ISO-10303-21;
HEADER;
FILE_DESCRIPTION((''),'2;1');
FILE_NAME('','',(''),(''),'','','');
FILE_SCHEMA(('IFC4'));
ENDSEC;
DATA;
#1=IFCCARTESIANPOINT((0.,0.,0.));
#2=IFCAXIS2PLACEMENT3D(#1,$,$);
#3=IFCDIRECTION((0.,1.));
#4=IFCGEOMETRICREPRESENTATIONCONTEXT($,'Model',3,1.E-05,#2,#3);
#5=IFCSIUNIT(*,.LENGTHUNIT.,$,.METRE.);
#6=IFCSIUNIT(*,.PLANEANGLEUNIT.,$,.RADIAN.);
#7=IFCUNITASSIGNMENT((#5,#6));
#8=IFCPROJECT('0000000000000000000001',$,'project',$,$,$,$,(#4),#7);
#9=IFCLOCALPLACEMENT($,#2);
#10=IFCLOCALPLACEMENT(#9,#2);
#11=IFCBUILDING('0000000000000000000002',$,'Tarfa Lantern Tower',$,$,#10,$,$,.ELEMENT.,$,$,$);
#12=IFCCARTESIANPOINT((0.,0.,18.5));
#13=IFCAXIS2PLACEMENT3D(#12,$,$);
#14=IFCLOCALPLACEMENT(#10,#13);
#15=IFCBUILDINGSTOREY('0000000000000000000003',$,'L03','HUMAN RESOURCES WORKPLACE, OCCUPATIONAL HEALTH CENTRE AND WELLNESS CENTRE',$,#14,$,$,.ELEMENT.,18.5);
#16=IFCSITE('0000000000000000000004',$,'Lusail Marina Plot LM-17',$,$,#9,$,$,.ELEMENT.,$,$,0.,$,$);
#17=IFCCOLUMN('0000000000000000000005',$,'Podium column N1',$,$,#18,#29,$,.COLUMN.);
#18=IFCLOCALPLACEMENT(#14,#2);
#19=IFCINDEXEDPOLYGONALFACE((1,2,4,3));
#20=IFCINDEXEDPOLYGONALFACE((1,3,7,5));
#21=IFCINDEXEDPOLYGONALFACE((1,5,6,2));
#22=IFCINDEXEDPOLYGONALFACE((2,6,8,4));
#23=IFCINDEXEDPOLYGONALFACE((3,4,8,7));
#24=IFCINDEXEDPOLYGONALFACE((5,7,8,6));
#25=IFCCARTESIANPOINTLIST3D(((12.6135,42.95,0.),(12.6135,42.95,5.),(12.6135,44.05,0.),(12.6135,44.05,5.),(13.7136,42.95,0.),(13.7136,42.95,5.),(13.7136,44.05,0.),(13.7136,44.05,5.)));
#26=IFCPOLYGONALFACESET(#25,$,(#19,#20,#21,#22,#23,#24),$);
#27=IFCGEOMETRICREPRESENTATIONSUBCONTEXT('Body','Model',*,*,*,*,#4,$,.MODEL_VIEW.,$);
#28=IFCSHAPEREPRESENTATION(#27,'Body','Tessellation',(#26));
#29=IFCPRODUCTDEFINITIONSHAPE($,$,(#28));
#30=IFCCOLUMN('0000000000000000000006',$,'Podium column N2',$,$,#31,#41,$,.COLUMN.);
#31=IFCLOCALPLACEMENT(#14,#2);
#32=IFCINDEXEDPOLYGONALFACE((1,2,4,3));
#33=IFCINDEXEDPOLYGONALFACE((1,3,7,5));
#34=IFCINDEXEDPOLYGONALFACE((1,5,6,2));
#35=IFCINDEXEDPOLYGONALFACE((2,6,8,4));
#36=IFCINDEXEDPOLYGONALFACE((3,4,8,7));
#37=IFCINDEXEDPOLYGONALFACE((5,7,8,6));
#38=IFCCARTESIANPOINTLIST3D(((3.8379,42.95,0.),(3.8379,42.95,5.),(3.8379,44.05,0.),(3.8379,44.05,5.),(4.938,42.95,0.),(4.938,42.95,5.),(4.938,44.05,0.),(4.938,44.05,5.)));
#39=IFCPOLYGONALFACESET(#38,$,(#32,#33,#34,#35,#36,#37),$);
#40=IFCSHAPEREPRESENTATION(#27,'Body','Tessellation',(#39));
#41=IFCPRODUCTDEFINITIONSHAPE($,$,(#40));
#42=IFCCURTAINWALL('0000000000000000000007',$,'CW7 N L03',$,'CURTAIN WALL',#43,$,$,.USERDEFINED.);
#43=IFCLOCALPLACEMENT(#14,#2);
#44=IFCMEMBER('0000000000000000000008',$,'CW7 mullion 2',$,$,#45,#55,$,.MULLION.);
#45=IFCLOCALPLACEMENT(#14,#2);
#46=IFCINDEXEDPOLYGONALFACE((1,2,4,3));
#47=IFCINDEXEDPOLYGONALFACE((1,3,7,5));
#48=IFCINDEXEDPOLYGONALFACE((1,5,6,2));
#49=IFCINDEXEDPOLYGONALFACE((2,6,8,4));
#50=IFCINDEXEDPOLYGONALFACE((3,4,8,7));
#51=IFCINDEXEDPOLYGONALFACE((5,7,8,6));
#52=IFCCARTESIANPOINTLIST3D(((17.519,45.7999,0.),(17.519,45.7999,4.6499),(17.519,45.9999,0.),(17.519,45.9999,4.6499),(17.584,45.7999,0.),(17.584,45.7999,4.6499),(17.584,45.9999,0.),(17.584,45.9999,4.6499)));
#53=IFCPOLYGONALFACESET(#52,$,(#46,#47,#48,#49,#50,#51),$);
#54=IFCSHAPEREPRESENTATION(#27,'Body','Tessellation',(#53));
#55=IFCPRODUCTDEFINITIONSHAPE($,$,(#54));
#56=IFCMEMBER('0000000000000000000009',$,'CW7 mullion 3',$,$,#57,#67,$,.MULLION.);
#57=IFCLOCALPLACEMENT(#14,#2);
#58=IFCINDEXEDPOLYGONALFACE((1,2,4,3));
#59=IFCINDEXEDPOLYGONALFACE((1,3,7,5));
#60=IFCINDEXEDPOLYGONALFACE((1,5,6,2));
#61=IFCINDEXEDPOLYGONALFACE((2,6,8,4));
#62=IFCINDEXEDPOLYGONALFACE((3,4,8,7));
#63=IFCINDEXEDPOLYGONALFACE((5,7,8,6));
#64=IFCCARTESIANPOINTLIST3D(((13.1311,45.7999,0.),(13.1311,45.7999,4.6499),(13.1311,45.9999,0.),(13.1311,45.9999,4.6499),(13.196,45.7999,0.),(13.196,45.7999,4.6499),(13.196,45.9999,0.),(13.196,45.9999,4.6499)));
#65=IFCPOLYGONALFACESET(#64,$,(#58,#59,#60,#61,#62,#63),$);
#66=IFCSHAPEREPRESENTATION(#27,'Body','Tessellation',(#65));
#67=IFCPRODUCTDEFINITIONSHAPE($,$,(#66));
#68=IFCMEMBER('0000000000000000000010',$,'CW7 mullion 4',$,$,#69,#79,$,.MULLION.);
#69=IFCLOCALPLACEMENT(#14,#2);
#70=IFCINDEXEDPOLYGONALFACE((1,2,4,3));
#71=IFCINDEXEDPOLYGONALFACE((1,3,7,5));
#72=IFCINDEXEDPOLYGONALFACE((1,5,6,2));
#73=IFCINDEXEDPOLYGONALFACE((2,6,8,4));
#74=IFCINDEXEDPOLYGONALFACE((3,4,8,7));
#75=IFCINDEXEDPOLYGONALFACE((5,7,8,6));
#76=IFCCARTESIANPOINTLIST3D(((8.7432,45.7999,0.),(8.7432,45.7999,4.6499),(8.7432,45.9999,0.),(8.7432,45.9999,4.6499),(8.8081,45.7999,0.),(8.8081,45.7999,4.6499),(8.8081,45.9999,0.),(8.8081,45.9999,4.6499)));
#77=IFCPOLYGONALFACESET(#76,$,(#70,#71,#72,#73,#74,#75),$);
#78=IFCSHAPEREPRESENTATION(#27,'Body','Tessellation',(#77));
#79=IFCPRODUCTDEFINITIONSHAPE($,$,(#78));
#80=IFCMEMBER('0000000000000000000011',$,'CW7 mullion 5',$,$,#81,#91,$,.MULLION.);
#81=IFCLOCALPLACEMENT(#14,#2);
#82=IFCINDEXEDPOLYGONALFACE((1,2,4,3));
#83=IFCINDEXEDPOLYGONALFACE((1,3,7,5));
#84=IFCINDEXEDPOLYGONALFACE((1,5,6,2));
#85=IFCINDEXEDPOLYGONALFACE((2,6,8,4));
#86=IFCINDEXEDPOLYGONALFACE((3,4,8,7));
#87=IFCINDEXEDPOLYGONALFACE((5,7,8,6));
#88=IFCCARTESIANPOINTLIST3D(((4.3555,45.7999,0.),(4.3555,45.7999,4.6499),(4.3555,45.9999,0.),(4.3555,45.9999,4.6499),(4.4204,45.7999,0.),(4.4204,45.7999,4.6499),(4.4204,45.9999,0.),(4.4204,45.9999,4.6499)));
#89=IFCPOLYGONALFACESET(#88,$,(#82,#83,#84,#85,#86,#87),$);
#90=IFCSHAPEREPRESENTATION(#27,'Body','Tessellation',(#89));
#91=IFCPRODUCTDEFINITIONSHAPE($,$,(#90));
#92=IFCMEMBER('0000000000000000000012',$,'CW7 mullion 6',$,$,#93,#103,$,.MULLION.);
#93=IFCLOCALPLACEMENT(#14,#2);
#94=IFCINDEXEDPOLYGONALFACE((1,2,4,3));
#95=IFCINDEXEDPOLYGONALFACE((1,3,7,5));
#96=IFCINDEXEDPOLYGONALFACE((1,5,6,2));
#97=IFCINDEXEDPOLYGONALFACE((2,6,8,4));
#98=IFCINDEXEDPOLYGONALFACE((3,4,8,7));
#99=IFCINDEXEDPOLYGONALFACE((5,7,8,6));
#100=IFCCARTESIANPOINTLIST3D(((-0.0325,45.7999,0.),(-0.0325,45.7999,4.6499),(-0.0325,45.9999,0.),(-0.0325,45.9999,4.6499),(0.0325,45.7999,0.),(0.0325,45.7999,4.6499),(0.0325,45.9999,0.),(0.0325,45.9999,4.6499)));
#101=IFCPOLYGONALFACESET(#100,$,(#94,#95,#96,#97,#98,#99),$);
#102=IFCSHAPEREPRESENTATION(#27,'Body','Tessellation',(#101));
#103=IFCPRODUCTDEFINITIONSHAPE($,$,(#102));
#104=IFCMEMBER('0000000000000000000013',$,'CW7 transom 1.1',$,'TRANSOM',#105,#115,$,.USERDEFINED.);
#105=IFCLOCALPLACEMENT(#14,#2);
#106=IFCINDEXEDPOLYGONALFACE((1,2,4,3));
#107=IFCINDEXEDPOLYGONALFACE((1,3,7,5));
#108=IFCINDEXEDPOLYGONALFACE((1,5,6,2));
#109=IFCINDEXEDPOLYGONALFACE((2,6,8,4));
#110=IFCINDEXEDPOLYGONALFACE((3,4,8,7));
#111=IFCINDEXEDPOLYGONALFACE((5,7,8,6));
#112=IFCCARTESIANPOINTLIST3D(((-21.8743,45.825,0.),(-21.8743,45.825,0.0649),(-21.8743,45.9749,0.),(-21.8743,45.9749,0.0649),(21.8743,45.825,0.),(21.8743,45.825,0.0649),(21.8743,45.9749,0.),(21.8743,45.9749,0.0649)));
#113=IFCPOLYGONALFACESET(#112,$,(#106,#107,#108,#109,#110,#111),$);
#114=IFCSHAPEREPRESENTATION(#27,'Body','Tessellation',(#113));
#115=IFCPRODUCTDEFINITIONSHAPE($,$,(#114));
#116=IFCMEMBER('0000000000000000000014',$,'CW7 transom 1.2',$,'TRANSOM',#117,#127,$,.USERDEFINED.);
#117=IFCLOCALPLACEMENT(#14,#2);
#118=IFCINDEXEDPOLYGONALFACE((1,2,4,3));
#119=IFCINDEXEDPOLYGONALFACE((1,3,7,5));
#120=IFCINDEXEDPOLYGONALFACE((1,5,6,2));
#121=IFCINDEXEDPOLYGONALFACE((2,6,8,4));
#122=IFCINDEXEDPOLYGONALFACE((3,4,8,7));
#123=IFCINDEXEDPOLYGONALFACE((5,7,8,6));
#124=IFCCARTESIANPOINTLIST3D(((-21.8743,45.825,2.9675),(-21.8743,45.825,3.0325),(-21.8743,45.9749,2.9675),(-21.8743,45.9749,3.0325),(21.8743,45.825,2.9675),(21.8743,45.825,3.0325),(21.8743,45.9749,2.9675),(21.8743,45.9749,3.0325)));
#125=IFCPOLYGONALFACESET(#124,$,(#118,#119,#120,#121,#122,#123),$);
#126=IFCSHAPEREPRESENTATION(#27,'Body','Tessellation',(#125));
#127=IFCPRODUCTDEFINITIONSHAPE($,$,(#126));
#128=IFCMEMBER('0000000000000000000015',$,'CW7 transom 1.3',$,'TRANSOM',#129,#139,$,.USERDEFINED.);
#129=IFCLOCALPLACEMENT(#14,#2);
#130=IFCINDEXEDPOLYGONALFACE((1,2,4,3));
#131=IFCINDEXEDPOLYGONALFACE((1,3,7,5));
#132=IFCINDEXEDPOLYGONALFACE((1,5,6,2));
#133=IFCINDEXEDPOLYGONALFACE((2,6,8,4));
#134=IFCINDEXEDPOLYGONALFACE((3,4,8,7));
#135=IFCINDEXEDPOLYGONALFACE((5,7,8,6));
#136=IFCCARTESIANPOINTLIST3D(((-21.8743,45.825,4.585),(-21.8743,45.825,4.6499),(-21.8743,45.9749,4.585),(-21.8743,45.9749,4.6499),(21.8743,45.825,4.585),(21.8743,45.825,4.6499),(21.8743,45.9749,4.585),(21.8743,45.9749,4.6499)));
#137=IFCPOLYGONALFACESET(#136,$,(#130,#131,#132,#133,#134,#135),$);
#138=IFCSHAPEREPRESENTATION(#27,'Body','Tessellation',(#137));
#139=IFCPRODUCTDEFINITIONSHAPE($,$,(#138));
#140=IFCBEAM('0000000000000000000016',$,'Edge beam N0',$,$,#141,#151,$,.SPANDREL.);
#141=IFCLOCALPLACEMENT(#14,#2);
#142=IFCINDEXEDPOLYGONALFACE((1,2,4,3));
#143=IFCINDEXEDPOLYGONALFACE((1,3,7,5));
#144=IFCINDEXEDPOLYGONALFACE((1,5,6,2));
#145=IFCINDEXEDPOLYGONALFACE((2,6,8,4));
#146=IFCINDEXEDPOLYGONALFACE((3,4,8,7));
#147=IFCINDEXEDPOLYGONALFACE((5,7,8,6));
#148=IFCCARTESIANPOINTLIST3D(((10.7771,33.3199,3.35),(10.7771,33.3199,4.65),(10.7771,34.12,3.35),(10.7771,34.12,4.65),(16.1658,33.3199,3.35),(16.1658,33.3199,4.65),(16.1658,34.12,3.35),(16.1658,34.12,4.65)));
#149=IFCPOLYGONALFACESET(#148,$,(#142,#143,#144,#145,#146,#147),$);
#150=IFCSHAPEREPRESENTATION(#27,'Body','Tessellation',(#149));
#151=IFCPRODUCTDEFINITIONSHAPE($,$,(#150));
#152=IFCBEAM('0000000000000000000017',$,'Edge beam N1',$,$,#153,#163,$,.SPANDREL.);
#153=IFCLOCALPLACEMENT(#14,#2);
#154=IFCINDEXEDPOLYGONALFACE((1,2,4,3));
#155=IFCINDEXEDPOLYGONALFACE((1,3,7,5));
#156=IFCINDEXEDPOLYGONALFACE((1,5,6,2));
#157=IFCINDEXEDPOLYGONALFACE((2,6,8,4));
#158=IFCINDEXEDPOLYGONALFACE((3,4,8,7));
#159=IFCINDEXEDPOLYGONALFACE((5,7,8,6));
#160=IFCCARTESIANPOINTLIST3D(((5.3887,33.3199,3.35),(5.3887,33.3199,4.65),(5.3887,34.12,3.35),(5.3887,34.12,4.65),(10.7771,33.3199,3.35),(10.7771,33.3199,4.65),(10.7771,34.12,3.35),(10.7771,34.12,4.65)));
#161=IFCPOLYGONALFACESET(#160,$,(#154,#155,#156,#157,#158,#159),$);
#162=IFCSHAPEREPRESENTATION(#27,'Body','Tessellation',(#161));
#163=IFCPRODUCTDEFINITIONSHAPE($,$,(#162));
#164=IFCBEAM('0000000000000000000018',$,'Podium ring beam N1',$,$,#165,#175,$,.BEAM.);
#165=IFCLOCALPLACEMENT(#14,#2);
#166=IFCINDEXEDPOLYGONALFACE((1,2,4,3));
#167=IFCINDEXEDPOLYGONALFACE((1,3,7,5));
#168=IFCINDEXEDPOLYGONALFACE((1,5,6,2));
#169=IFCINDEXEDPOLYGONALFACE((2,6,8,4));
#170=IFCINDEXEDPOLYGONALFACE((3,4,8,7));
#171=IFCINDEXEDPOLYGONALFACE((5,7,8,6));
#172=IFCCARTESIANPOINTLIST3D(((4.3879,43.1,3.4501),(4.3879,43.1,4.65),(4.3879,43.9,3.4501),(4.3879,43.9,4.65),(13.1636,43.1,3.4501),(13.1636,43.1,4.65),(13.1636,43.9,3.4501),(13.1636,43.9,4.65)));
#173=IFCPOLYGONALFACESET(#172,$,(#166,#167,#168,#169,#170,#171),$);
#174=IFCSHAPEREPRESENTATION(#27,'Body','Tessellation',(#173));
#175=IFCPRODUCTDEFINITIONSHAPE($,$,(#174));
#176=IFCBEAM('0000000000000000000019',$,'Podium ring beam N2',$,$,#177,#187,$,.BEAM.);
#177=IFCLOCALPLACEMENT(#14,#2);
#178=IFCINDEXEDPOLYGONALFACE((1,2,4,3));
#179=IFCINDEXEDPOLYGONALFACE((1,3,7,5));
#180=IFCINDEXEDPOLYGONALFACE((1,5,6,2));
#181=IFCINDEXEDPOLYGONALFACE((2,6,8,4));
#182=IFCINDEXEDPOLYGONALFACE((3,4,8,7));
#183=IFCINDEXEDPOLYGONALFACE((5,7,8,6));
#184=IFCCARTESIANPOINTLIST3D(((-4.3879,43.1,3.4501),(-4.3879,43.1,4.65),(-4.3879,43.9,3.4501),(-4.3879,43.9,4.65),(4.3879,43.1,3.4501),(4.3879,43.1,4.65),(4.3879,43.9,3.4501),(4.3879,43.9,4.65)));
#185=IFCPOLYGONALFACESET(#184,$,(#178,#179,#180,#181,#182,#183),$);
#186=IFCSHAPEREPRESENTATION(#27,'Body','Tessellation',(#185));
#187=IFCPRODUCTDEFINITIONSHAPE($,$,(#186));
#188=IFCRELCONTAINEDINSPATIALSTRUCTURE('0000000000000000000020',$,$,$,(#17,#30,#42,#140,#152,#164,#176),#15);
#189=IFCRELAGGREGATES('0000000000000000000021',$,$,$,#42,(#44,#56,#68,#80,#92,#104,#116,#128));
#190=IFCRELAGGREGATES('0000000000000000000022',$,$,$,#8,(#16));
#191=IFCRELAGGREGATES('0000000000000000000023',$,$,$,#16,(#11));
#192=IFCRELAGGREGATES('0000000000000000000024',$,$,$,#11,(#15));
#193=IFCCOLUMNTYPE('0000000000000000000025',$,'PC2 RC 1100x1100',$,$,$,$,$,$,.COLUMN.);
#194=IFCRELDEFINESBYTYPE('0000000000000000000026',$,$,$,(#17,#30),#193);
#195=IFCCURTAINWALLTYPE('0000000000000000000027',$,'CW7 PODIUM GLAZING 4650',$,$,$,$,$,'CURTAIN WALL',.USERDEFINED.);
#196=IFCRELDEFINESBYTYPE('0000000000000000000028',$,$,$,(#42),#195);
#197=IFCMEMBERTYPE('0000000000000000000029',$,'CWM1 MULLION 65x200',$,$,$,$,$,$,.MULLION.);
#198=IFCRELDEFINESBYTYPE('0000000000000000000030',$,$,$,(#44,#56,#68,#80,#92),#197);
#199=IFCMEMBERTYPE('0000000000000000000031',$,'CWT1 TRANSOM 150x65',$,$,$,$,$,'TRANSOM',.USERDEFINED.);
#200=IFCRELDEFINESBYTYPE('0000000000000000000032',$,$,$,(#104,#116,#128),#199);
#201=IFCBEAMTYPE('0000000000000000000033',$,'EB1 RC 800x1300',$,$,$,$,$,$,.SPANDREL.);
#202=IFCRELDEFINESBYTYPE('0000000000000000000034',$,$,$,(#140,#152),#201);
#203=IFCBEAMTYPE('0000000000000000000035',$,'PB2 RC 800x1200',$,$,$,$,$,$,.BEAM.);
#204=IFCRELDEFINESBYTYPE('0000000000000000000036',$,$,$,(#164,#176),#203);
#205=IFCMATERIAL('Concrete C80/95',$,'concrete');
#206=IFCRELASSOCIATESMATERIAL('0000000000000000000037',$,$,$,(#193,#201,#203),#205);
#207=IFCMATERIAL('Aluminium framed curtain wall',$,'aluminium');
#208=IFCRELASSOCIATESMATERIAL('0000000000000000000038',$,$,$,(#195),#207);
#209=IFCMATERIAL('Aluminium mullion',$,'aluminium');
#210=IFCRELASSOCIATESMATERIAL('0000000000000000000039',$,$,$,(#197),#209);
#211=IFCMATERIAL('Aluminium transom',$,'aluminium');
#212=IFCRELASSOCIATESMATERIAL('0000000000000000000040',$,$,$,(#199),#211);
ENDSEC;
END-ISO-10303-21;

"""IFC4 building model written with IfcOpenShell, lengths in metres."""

from ifc_helpers import new_model, si_unit, direction, frame, origin, origin_2d, place, context, subcontext, project, spatial, rectangle, extrude, material, material_profile, profile_set, type_object, element, aggregate, save


model = new_model("IFC4")

# Units and contexts
model_context = context("Model", 3, precision=1e-05, world=origin(), true_north=direction((0.0, 1.0)))
body_context = subcontext(model_context, "Body", "Model", "MODEL_VIEW")
ifc_project = project(units=[si_unit("LENGTHUNIT", "METRE"), si_unit("PLANEANGLEUNIT", "RADIAN")], contexts=[model_context])

# Site, building, storey
site_placement = place(None, origin())
site = spatial("IfcSite", under=ifc_project, at=site_placement, Name="Lusail Marina Plot LM-17", CompositionType="ELEMENT", RefElevation=0.0)
building_placement = place(site_placement, origin())
building = spatial("IfcBuilding", under=site, at=building_placement, Name="Tarfa Lantern Tower", CompositionType="ELEMENT")
storey_placement = place(building_placement, frame((0.0, 0.0, 18.5)))
storey = spatial("IfcBuildingStorey", under=building, at=storey_placement, Name="L03", Description="HUMAN RESOURCES WORKPLACE, OCCUPATIONAL HEALTH CENTRE AND WELLNESS CENTRE", CompositionType="ELEMENT", Elevation=18.5)

# Columns
ifc_material_1 = material(Name="Concrete C80/95", Category="concrete")
ifc_material_profile_1 = material_profile(ifc_material_1, rectangle(XDim=1.1001, YDim=1.1001, at=origin_2d()), Name="RC 1100x1100")
ifc_profile_set_1 = profile_set([ifc_material_profile_1], Name="Concrete C80/95")
column_type = type_object("IfcColumnType", Name="PC2 RC 1100x1100", PredefinedType="COLUMN", material=ifc_profile_set_1)
for number, where, z_axis, x_axis, name in (
    (1, (13.1636, 43.5, 0.0), (0.0, 0.0, 1.0), (-1.0, 0.0, 0.0), "Podium column N1"),
    (2, (4.3879, 43.5, 0.0), (0.0, 0.0, 1.0), (-1.0, 0.0, 0.0), "Podium column N2"),
):
    element("IfcColumn", number, at=place(storey_placement, frame(where, z_axis=z_axis, x_axis=x_axis)), inside=storey, type_object=column_type, Name=name, PredefinedType="COLUMN", context=body_context, shape_type="SweptSolid", body=[
        extrude(rectangle(XDim=1.1001, YDim=1.1001, at=origin_2d()), origin(), (0.0, 0.0, 1.0), 5.0),
    ])

# Curtain wall, members
ifc_material_2 = material(Name="Aluminium framed curtain wall", Category="aluminium")
curtain_wall_type = type_object("IfcCurtainWallType", Name="CW7 PODIUM GLAZING 4650", ElementType="CURTAIN WALL", PredefinedType="USERDEFINED", material=ifc_material_2)
curtain_wall_placement = place(storey_placement, origin())
curtain_wall = element("IfcCurtainWall", 3, at=curtain_wall_placement, inside=storey, type_object=curtain_wall_type, Name="CW7 N L03", ObjectType="CURTAIN WALL", PredefinedType="USERDEFINED")
ifc_material_3 = material(Name="Aluminium mullion", Category="aluminium")
ifc_material_profile_2 = material_profile(ifc_material_3, rectangle(XDim=0.0649, YDim=0.2, at=origin_2d()), Name="AL MULLION 65x200")
ifc_profile_set_2 = profile_set([ifc_material_profile_2], Name="Aluminium mullion")
member_type_1 = type_object("IfcMemberType", Name="CWM1 MULLION 65x200", PredefinedType="MULLION", material=ifc_profile_set_2)
member_1_placement = place(storey_placement, frame((17.5515, 45.8999, 0.0), z_axis=(0.0, 0.0, 1.0), x_axis=(1.0, 0.0, 0.0)))
member_1 = element("IfcMember", 4, at=member_1_placement, type_object=member_type_1, Name="CW7 mullion 2", PredefinedType="MULLION", context=body_context, shape_type="SweptSolid", body=[
    extrude(rectangle(XDim=0.0649, YDim=0.2, at=origin_2d()), origin(), (0.0, 0.0, 1.0), 4.6499),
])
member_2_placement = place(storey_placement, frame((13.1636, 45.8999, 0.0), z_axis=(0.0, 0.0, 1.0), x_axis=(1.0, 0.0, 0.0)))
member_2 = element("IfcMember", 5, at=member_2_placement, type_object=member_type_1, Name="CW7 mullion 3", PredefinedType="MULLION", context=body_context, shape_type="SweptSolid", body=[
    extrude(rectangle(XDim=0.0649, YDim=0.2, at=origin_2d()), origin(), (0.0, 0.0, 1.0), 4.6499),
])
member_3_placement = place(storey_placement, frame((8.7756, 45.8999, 0.0), z_axis=(0.0, 0.0, 1.0), x_axis=(1.0, 0.0, 0.0)))
member_3 = element("IfcMember", 6, at=member_3_placement, type_object=member_type_1, Name="CW7 mullion 4", PredefinedType="MULLION", context=body_context, shape_type="SweptSolid", body=[
    extrude(rectangle(XDim=0.0649, YDim=0.2, at=origin_2d()), origin(), (0.0, 0.0, 1.0), 4.6499),
])
member_4_placement = place(storey_placement, frame((4.3879, 45.8999, 0.0), z_axis=(0.0, 0.0, 1.0), x_axis=(1.0, 0.0, 0.0)))
member_4 = element("IfcMember", 7, at=member_4_placement, type_object=member_type_1, Name="CW7 mullion 5", PredefinedType="MULLION", context=body_context, shape_type="SweptSolid", body=[
    extrude(rectangle(XDim=0.0649, YDim=0.2, at=origin_2d()), origin(), (0.0, 0.0, 1.0), 4.6499),
])
member_5_placement = place(storey_placement, frame((0.0, 45.8999, 0.0), z_axis=(0.0, 0.0, 1.0), x_axis=(1.0, 0.0, 0.0)))
member_5 = element("IfcMember", 8, at=member_5_placement, type_object=member_type_1, Name="CW7 mullion 6", PredefinedType="MULLION", context=body_context, shape_type="SweptSolid", body=[
    extrude(rectangle(XDim=0.0649, YDim=0.2, at=origin_2d()), origin(), (0.0, 0.0, 1.0), 4.6499),
])
ifc_material_4 = material(Name="Aluminium transom", Category="aluminium")
ifc_material_profile_3 = material_profile(ifc_material_4, rectangle(XDim=0.1499, YDim=0.0649, at=origin_2d()), Name="AL TRANSOM 150x65")
ifc_profile_set_3 = profile_set([ifc_material_profile_3], Name="Aluminium transom")
member_type_2 = type_object("IfcMemberType", Name="CWT1 TRANSOM 150x65", ElementType="TRANSOM", PredefinedType="USERDEFINED", material=ifc_profile_set_3)
member_6_placement = place(storey_placement, frame((21.8743, 45.8999, 0.0325), z_axis=(-1.0, 0.0, 0.0), x_axis=(0.0, -1.0, 0.0)))
member_6 = element("IfcMember", 9, at=member_6_placement, type_object=member_type_2, Name="CW7 transom 1.1", ObjectType="TRANSOM", PredefinedType="USERDEFINED", context=body_context, shape_type="SweptSolid", body=[
    extrude(rectangle(XDim=0.1499, YDim=0.0649, at=origin_2d()), origin(), (0.0, 0.0, 1.0), 43.7485),
])
member_7_placement = place(storey_placement, frame((21.8743, 45.8999, 3.0), z_axis=(-1.0, 0.0, 0.0), x_axis=(0.0, -1.0, 0.0)))
member_7 = element("IfcMember", 10, at=member_7_placement, type_object=member_type_2, Name="CW7 transom 1.2", ObjectType="TRANSOM", PredefinedType="USERDEFINED", context=body_context, shape_type="SweptSolid", body=[
    extrude(rectangle(XDim=0.1499, YDim=0.0649, at=origin_2d()), origin(), (0.0, 0.0, 1.0), 43.7485),
])
member_8_placement = place(storey_placement, frame((21.8743, 45.8999, 4.6174), z_axis=(-1.0, 0.0, 0.0), x_axis=(0.0, -1.0, 0.0)))
member_8 = element("IfcMember", 11, at=member_8_placement, type_object=member_type_2, Name="CW7 transom 1.3", ObjectType="TRANSOM", PredefinedType="USERDEFINED", context=body_context, shape_type="SweptSolid", body=[
    extrude(rectangle(XDim=0.1499, YDim=0.0649, at=origin_2d()), origin(), (0.0, 0.0, 1.0), 43.7485),
])

# Beams
ifc_material_profile_4 = material_profile(ifc_material_1, rectangle(XDim=0.8, YDim=1.3, at=origin_2d()), Name="RC 800x1300")
ifc_profile_set_4 = profile_set([ifc_material_profile_4], Name="Concrete C80/95")
beam_type_1 = type_object("IfcBeamType", Name="EB1 RC 800x1300", PredefinedType="SPANDREL", material=ifc_profile_set_4)
beam_1_placement = place(storey_placement, frame((16.1658, 33.72, 4.0), z_axis=(-1.0, 0.0, 0.0), x_axis=(0.0, -1.0, 0.0)))
element("IfcBeam", 12, at=beam_1_placement, inside=storey, type_object=beam_type_1, Name="Edge beam N0", PredefinedType="SPANDREL", context=body_context, shape_type="SweptSolid", body=[
    extrude(rectangle(XDim=0.8, YDim=1.3, at=origin_2d()), origin(), (0.0, 0.0, 1.0), 5.3887),
])
beam_2_placement = place(storey_placement, frame((10.7771, 33.72, 4.0), z_axis=(-1.0, 0.0, 0.0), x_axis=(0.0, -1.0, 0.0)))
element("IfcBeam", 13, at=beam_2_placement, inside=storey, type_object=beam_type_1, Name="Edge beam N1", PredefinedType="SPANDREL", context=body_context, shape_type="SweptSolid", body=[
    extrude(rectangle(XDim=0.8, YDim=1.3, at=origin_2d()), origin(), (0.0, 0.0, 1.0), 5.3884),
])
ifc_material_profile_5 = material_profile(ifc_material_1, rectangle(XDim=0.8, YDim=1.2, at=origin_2d()), Name="RC 800x1200")
ifc_profile_set_5 = profile_set([ifc_material_profile_5], Name="Concrete C80/95")
beam_type_2 = type_object("IfcBeamType", Name="PB2 RC 800x1200", PredefinedType="BEAM", material=ifc_profile_set_5)
beam_3_placement = place(storey_placement, frame((13.1636, 43.5, 4.05), z_axis=(-1.0, 0.0, 0.0), x_axis=(0.0, -1.0, 0.0)))
element("IfcBeam", 14, at=beam_3_placement, inside=storey, type_object=beam_type_2, Name="Podium ring beam N1", PredefinedType="BEAM", context=body_context, shape_type="SweptSolid", body=[
    extrude(rectangle(XDim=0.8, YDim=1.2, at=origin_2d()), origin(), (0.0, 0.0, 1.0), 8.7756),
])
beam_4_placement = place(storey_placement, frame((4.3879, 43.5, 4.05), z_axis=(-1.0, 0.0, 0.0), x_axis=(0.0, -1.0, 0.0)))
element("IfcBeam", 15, at=beam_4_placement, inside=storey, type_object=beam_type_2, Name="Podium ring beam N2", PredefinedType="BEAM", context=body_context, shape_type="SweptSolid", body=[
    extrude(rectangle(XDim=0.8, YDim=1.2, at=origin_2d()), origin(), (0.0, 0.0, 1.0), 8.7759),
])

aggregate(curtain_wall, [member_1, member_2, member_3, member_4, member_5, member_6, member_7, member_8])

save(model, "model.ifc")
